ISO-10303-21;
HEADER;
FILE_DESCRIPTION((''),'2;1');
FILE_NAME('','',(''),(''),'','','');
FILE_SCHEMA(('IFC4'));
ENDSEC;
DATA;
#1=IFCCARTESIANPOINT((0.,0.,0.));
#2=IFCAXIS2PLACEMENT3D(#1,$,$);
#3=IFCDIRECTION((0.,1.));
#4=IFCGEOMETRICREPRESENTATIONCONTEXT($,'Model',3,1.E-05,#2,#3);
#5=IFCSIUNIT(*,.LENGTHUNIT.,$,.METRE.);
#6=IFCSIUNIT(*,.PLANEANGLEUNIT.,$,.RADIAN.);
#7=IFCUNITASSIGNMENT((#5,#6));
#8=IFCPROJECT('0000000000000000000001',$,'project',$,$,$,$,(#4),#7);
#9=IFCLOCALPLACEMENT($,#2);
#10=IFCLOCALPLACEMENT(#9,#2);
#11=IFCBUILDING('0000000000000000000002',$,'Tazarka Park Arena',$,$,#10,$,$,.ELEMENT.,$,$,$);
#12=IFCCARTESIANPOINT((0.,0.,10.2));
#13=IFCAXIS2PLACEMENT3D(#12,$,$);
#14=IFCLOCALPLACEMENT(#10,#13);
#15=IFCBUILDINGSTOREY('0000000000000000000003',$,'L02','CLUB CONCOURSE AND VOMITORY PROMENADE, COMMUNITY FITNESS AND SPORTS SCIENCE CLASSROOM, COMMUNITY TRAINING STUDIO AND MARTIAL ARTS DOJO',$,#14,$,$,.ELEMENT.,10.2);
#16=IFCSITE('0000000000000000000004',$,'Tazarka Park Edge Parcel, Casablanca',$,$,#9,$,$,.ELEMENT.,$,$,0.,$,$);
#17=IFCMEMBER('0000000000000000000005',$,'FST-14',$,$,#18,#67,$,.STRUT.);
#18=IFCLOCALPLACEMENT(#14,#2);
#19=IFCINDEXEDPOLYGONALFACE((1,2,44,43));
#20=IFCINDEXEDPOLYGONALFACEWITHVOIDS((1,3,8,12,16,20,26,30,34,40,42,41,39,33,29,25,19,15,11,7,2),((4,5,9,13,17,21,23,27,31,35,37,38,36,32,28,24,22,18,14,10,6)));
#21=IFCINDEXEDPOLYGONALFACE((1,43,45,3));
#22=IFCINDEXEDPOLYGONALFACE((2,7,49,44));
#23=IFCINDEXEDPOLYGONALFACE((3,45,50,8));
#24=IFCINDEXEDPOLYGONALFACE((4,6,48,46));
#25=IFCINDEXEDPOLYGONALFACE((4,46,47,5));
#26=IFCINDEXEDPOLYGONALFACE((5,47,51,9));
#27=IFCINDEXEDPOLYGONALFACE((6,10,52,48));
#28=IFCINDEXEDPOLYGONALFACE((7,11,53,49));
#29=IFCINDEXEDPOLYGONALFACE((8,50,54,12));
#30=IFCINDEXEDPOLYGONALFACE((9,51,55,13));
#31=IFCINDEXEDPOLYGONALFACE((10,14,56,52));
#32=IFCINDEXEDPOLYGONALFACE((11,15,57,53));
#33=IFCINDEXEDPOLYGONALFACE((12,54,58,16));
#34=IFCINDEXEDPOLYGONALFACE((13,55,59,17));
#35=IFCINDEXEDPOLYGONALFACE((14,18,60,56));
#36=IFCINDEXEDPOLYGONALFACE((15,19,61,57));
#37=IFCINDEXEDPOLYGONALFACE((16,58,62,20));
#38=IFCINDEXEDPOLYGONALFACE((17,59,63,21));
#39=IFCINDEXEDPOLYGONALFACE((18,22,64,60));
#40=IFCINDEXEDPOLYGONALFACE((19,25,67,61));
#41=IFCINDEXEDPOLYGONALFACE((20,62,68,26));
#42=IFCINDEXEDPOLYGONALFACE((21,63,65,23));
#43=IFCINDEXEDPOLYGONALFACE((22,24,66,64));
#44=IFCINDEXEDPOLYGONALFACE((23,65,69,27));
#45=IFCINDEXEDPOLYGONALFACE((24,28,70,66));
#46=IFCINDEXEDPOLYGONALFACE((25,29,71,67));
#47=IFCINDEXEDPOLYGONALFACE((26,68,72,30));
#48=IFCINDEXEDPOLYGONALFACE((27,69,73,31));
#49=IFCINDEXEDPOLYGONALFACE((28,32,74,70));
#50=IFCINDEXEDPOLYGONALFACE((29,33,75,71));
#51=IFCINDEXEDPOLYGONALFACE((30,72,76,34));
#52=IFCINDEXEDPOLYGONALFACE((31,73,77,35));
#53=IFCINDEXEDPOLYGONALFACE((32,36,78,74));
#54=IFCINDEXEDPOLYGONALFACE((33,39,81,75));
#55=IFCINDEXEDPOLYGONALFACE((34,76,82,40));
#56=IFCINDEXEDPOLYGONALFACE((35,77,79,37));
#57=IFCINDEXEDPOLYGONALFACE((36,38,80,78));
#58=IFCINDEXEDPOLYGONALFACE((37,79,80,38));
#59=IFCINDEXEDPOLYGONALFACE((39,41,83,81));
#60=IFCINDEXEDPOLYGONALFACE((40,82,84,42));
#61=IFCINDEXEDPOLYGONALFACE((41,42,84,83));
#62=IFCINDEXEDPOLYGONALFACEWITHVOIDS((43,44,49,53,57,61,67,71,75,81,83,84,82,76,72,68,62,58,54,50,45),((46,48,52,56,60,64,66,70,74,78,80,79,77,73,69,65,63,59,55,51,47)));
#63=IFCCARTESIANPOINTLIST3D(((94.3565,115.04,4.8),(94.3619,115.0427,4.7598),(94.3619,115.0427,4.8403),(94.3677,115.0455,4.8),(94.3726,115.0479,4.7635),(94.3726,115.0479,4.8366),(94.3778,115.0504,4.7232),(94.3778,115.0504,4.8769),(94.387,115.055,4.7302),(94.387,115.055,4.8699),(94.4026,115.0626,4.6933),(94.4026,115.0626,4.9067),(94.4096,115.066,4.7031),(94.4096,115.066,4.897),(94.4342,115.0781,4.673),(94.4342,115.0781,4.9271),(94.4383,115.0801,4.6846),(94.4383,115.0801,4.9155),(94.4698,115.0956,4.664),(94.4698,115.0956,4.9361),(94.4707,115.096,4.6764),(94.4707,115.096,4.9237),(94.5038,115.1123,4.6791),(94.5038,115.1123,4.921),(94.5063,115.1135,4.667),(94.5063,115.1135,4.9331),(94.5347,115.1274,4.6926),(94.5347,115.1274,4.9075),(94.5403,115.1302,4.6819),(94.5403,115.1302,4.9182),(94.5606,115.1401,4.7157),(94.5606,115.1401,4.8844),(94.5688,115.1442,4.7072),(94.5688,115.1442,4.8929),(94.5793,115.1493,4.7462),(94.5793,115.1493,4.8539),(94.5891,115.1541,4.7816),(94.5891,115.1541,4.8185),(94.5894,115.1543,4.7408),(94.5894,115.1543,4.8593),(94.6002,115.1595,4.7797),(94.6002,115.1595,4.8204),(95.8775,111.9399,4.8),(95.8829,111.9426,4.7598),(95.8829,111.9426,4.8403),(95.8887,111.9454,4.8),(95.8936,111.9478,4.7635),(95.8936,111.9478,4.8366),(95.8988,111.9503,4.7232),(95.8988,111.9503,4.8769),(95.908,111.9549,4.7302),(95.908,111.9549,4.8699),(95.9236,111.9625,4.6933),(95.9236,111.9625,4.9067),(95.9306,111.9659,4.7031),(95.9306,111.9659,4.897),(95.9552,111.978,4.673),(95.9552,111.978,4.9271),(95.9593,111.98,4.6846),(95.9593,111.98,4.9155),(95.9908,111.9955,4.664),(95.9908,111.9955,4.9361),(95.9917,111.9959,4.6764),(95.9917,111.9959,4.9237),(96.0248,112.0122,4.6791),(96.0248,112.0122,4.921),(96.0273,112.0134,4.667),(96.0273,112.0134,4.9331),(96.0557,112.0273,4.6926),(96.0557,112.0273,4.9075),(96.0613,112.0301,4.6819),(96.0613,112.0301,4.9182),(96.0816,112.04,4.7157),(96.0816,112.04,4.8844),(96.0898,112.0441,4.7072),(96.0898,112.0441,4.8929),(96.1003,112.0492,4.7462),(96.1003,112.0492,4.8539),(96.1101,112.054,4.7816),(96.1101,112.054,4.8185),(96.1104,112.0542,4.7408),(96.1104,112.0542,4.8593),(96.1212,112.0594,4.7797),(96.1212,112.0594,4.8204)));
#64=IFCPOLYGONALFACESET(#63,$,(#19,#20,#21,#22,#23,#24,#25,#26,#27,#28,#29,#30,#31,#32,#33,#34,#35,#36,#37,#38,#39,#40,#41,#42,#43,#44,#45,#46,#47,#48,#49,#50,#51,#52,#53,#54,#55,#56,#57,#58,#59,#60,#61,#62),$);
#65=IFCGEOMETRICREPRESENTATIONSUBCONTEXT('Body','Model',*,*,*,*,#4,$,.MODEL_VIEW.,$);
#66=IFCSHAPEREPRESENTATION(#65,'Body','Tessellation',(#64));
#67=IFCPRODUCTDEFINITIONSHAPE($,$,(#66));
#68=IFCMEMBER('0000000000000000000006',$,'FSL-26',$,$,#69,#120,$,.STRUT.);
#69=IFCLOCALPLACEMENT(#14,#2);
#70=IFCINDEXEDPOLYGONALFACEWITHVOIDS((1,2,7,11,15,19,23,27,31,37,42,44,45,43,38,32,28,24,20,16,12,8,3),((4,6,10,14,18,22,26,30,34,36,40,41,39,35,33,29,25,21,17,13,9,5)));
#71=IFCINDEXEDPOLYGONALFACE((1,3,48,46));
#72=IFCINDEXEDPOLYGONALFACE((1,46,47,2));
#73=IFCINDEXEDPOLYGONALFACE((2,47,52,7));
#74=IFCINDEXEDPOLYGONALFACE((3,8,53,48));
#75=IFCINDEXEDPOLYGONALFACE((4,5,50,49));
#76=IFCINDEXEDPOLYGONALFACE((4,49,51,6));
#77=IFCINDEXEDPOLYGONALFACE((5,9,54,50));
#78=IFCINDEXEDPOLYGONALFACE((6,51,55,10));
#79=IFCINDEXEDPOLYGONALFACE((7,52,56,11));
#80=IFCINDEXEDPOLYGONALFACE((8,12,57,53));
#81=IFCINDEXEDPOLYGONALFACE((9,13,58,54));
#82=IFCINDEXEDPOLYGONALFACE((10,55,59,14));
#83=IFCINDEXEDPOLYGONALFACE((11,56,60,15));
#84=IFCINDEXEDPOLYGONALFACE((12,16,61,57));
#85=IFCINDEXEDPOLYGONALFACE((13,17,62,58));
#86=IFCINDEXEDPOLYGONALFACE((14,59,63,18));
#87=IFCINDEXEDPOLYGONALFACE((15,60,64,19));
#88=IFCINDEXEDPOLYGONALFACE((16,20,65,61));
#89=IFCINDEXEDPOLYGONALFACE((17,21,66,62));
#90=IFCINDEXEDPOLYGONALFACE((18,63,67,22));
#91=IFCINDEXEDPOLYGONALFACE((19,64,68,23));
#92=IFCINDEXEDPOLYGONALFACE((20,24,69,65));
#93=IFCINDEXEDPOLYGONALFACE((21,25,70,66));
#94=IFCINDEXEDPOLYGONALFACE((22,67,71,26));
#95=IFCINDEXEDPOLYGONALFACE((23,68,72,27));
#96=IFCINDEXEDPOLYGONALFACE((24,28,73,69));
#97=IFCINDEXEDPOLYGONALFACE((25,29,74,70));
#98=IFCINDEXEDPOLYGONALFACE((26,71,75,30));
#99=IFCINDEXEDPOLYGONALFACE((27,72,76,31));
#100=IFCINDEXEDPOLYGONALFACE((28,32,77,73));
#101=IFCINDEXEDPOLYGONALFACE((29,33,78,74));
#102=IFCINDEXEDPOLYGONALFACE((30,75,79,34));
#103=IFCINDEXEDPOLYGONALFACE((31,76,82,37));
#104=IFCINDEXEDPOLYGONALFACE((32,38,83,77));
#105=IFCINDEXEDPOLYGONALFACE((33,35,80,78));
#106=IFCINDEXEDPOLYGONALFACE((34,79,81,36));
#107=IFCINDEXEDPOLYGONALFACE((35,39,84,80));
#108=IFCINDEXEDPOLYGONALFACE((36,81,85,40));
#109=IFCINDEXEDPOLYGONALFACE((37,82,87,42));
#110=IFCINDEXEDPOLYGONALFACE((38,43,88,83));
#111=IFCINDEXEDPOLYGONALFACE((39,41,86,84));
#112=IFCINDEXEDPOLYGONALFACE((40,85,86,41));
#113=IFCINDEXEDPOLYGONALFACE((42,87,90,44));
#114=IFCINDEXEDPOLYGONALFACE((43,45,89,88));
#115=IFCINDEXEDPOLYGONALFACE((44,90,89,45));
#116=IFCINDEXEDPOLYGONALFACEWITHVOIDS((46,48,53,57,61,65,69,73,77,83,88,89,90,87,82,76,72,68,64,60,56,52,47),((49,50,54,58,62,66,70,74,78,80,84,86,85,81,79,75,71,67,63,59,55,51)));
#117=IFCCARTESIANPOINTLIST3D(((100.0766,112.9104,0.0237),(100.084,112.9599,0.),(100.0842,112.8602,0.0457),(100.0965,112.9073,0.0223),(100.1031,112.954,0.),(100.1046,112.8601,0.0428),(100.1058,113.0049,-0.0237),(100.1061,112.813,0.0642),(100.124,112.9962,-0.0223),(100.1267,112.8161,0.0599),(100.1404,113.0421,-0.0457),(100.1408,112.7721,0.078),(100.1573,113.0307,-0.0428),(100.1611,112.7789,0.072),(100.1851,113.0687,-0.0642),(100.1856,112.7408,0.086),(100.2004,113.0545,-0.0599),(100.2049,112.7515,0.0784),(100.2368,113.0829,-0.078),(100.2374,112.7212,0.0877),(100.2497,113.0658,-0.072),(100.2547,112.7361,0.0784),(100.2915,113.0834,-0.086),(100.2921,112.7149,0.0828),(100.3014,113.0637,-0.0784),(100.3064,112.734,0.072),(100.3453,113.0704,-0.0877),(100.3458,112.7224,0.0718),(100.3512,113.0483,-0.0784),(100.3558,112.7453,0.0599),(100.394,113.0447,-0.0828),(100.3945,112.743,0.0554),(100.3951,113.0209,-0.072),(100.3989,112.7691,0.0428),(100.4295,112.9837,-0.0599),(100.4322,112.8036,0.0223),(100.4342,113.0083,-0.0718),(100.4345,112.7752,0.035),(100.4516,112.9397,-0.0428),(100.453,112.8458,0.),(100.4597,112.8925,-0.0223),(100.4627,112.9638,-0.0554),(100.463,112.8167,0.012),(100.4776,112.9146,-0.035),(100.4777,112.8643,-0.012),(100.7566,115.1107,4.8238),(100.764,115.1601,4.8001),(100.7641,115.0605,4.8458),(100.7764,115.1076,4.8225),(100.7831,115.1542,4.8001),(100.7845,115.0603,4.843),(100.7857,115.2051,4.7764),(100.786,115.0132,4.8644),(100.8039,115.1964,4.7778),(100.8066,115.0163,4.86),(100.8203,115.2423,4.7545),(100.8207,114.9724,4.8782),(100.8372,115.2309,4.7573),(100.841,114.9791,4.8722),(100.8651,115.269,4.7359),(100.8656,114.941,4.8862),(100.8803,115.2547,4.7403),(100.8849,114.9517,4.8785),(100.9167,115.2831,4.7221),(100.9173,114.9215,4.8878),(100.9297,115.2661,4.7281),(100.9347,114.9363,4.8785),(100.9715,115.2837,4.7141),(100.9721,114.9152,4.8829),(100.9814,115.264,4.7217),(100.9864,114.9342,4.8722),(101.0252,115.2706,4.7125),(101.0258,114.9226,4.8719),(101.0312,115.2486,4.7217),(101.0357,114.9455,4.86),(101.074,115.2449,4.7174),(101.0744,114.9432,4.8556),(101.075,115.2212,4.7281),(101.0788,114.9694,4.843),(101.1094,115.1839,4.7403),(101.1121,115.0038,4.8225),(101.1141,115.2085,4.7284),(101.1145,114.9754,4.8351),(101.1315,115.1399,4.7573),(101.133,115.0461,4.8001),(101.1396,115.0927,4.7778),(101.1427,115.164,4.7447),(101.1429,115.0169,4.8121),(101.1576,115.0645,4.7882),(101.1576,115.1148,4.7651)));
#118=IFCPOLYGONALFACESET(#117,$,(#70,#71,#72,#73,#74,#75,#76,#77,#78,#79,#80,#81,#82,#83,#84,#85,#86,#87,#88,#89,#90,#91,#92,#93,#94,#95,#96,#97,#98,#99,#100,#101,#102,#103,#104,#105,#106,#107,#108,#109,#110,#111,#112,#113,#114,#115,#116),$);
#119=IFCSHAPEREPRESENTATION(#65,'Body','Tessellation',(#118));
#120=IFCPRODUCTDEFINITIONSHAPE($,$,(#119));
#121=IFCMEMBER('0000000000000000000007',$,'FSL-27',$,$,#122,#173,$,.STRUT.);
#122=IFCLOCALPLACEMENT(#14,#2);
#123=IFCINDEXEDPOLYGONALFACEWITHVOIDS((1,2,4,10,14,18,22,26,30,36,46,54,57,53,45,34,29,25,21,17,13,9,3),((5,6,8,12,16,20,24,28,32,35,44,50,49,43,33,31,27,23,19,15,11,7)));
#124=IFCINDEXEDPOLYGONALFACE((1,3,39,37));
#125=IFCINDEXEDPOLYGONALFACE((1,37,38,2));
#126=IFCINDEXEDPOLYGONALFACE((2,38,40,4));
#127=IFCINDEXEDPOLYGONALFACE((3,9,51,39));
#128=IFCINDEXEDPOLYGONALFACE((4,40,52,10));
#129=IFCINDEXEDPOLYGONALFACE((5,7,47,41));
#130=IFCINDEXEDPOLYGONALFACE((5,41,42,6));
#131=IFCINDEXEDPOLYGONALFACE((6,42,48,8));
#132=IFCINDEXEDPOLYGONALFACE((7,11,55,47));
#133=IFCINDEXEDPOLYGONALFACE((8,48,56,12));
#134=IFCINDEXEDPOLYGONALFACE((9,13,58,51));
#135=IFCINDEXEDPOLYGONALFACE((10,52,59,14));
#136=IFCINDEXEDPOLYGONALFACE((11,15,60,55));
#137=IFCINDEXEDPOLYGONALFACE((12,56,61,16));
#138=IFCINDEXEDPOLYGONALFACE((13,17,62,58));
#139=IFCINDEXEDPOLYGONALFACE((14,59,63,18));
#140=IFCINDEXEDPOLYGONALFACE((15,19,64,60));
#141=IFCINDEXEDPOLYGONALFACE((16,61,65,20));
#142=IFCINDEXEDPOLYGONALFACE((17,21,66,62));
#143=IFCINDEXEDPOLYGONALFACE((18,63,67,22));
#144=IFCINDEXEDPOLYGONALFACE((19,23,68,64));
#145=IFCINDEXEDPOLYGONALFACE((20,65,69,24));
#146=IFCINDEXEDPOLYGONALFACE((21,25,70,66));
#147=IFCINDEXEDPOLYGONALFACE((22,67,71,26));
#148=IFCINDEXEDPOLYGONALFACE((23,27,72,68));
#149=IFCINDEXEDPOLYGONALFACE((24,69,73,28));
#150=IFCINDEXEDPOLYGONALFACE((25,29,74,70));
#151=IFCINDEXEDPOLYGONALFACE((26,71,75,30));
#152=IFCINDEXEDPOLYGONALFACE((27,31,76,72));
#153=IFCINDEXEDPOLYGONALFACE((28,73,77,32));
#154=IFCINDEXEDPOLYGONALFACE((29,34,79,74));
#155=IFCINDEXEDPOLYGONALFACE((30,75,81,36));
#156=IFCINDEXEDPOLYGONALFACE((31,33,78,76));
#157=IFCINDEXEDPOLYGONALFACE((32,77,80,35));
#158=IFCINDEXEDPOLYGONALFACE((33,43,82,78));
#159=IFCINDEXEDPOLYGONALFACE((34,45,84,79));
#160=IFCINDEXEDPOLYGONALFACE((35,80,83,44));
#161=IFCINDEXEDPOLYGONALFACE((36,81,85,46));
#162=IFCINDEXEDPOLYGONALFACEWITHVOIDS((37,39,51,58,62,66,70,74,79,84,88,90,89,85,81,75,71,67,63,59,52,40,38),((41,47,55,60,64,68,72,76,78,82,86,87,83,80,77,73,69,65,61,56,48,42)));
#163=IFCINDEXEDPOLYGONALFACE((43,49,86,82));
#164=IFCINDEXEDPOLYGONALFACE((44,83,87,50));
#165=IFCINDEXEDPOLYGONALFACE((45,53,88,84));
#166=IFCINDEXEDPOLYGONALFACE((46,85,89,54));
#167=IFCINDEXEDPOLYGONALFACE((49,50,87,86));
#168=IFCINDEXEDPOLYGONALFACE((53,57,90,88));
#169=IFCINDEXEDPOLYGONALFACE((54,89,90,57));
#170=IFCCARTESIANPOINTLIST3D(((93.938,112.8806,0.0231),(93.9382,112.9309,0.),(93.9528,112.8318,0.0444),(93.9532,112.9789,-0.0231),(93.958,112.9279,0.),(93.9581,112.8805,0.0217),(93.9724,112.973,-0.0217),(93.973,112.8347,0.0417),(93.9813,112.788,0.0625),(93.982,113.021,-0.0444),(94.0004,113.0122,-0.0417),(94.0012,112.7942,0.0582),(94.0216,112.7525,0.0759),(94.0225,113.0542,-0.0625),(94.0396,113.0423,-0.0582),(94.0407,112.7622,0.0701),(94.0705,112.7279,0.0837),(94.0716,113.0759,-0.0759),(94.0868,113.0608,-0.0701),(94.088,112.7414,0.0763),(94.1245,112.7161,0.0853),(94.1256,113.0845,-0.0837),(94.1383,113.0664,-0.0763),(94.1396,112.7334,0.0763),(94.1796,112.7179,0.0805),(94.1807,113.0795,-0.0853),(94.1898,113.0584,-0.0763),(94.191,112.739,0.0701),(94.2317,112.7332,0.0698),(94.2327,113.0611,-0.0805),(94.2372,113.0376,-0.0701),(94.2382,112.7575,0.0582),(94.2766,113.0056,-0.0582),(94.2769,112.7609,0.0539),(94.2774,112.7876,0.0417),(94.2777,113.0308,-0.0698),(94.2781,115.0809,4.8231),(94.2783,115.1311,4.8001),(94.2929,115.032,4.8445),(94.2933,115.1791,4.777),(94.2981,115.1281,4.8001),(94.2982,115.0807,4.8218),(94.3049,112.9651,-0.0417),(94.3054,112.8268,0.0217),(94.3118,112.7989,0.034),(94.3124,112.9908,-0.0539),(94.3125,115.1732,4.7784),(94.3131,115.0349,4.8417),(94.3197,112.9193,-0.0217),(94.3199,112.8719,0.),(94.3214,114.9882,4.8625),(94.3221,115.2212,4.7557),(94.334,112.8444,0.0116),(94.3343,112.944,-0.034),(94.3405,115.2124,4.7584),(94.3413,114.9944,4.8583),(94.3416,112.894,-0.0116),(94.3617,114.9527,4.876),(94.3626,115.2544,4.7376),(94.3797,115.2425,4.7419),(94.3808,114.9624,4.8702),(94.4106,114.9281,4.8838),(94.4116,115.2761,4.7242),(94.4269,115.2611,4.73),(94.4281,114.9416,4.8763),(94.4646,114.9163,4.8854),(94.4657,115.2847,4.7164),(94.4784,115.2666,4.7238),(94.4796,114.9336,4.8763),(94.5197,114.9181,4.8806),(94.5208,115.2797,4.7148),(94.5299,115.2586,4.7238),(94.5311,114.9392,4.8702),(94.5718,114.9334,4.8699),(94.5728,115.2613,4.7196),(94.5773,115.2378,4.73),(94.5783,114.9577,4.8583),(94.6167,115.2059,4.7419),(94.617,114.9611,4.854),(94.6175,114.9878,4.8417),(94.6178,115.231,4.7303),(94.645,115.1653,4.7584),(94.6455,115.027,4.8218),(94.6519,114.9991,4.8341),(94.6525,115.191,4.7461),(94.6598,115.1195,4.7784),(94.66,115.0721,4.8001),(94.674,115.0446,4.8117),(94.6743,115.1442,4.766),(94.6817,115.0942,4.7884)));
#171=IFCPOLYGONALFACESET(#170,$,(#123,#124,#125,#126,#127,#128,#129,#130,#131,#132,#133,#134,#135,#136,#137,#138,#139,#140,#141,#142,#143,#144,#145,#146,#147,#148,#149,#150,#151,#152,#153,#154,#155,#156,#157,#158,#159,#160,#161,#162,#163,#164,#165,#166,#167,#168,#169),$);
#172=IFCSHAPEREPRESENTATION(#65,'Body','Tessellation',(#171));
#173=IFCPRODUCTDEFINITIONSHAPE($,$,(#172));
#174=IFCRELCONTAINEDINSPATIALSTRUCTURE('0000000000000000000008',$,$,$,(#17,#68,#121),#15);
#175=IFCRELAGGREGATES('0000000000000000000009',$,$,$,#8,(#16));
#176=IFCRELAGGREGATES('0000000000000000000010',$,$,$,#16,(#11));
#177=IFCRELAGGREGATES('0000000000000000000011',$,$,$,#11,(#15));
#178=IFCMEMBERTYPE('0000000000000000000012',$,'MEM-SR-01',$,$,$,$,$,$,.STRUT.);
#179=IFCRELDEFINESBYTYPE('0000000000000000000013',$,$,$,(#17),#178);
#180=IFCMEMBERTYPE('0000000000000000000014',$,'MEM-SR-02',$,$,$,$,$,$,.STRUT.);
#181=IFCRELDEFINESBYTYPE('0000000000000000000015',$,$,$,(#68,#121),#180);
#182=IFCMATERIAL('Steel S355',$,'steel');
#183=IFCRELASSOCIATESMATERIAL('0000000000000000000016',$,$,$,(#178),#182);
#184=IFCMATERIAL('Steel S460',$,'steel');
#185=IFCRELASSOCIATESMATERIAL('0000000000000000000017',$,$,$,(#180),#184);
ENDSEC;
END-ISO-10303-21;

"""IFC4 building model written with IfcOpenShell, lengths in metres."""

from ifc_helpers import new_model, si_unit, direction, frame, origin, origin_2d, place, context, subcontext, project, spatial, hollow_circle, extrude, material, material_profile, profile_set, type_object, element, save


model = new_model("IFC4")

# Units and contexts
model_context = context("Model", 3, precision=1e-05, world=origin(), true_north=direction((0.0, 1.0)))
body_context = subcontext(model_context, "Body", "Model", "MODEL_VIEW")
ifc_project = project(units=[si_unit("LENGTHUNIT", "METRE"), si_unit("PLANEANGLEUNIT", "RADIAN")], contexts=[model_context])

# Site, building, storey
site_placement = place(None, origin())
site = spatial("IfcSite", under=ifc_project, at=site_placement, Name="Tazarka Park Edge Parcel, Casablanca", CompositionType="ELEMENT", RefElevation=0.0)
building_placement = place(site_placement, origin())
building = spatial("IfcBuilding", under=site, at=building_placement, Name="Tazarka Park Arena", CompositionType="ELEMENT")
storey_placement = place(building_placement, frame((0.0, 0.0, 10.2)))
storey = spatial("IfcBuildingStorey", under=building, at=storey_placement, Name="L02", Description="CLUB CONCOURSE AND VOMITORY PROMENADE, COMMUNITY FITNESS AND SPORTS SCIENCE CLASSROOM, COMMUNITY TRAINING STUDIO AND MARTIAL ARTS DOJO", CompositionType="ELEMENT", Elevation=10.2)

# Members
ifc_material_1 = material(Name="Steel S355", Category="steel")
ifc_material_profile_1 = material_profile(ifc_material_1, hollow_circle(Radius=0.1365, WallThickness=0.0125, at=origin_2d()), Name="Steel S355")
ifc_profile_set_1 = profile_set([ifc_material_profile_1], Name="Steel S355")
member_type_1 = type_object("IfcMemberType", Name="MEM-SR-01", PredefinedType="STRUT", material=ifc_profile_set_1)
member_1_placement = place(storey_placement, frame((96.0, 112.0, 4.8), z_axis=(-0.44047, 0.897767, 0.0), x_axis=(-0.897767, -0.44047, 0.0)))
element("IfcMember", 1, at=member_1_placement, inside=storey, type_object=member_type_1, Name="FST-14", PredefinedType="STRUT", context=body_context, shape_type="SweptSolid", body=[
    extrude(hollow_circle(Radius=0.1365, WallThickness=0.0125, at=origin_2d()), origin(), (0.0, 0.0, 1.0), 3.4531),
])
ifc_material_2 = material(Name="Steel S460", Category="steel")
ifc_material_profile_2 = material_profile(ifc_material_2, hollow_circle(Radius=0.2031, WallThickness=0.02, at=origin_2d()), Name="Steel S460")
ifc_profile_set_2 = profile_set([ifc_material_profile_2], Name="Steel S460")
member_type_2 = type_object("IfcMemberType", Name="MEM-SR-02", PredefinedType="STRUT", material=ifc_profile_set_2)
member_2_placement = place(storey_placement, frame((100.2781, 112.8999, 0.0), z_axis=(0.127714, 0.41327, 0.901608), x_axis=(-0.955418, 0.295255, 0.0)))
element("IfcMember", 2, at=member_2_placement, inside=storey, type_object=member_type_2, Name="FSL-26", PredefinedType="STRUT", context=body_context, shape_type="SweptSolid", body=[
    extrude(hollow_circle(Radius=0.2031, WallThickness=0.02, at=origin_2d()), origin(), (0.0, 0.0, 1.0), 5.324),
])
member_3_placement = place(storey_placement, frame((94.1389, 112.8999, 0.0), z_axis=(0.064274, 0.41582, 0.907173), x_axis=(-0.988264, 0.152758, 0.0)))
element("IfcMember", 3, at=member_3_placement, inside=storey, type_object=member_type_2, Name="FSL-27", PredefinedType="STRUT", context=body_context, shape_type="SweptSolid", body=[
    extrude(hollow_circle(Radius=0.2031, WallThickness=0.02, at=origin_2d()), origin(), (0.0, 0.0, 1.0), 5.2913),
])

save(model, "model.ifc")
